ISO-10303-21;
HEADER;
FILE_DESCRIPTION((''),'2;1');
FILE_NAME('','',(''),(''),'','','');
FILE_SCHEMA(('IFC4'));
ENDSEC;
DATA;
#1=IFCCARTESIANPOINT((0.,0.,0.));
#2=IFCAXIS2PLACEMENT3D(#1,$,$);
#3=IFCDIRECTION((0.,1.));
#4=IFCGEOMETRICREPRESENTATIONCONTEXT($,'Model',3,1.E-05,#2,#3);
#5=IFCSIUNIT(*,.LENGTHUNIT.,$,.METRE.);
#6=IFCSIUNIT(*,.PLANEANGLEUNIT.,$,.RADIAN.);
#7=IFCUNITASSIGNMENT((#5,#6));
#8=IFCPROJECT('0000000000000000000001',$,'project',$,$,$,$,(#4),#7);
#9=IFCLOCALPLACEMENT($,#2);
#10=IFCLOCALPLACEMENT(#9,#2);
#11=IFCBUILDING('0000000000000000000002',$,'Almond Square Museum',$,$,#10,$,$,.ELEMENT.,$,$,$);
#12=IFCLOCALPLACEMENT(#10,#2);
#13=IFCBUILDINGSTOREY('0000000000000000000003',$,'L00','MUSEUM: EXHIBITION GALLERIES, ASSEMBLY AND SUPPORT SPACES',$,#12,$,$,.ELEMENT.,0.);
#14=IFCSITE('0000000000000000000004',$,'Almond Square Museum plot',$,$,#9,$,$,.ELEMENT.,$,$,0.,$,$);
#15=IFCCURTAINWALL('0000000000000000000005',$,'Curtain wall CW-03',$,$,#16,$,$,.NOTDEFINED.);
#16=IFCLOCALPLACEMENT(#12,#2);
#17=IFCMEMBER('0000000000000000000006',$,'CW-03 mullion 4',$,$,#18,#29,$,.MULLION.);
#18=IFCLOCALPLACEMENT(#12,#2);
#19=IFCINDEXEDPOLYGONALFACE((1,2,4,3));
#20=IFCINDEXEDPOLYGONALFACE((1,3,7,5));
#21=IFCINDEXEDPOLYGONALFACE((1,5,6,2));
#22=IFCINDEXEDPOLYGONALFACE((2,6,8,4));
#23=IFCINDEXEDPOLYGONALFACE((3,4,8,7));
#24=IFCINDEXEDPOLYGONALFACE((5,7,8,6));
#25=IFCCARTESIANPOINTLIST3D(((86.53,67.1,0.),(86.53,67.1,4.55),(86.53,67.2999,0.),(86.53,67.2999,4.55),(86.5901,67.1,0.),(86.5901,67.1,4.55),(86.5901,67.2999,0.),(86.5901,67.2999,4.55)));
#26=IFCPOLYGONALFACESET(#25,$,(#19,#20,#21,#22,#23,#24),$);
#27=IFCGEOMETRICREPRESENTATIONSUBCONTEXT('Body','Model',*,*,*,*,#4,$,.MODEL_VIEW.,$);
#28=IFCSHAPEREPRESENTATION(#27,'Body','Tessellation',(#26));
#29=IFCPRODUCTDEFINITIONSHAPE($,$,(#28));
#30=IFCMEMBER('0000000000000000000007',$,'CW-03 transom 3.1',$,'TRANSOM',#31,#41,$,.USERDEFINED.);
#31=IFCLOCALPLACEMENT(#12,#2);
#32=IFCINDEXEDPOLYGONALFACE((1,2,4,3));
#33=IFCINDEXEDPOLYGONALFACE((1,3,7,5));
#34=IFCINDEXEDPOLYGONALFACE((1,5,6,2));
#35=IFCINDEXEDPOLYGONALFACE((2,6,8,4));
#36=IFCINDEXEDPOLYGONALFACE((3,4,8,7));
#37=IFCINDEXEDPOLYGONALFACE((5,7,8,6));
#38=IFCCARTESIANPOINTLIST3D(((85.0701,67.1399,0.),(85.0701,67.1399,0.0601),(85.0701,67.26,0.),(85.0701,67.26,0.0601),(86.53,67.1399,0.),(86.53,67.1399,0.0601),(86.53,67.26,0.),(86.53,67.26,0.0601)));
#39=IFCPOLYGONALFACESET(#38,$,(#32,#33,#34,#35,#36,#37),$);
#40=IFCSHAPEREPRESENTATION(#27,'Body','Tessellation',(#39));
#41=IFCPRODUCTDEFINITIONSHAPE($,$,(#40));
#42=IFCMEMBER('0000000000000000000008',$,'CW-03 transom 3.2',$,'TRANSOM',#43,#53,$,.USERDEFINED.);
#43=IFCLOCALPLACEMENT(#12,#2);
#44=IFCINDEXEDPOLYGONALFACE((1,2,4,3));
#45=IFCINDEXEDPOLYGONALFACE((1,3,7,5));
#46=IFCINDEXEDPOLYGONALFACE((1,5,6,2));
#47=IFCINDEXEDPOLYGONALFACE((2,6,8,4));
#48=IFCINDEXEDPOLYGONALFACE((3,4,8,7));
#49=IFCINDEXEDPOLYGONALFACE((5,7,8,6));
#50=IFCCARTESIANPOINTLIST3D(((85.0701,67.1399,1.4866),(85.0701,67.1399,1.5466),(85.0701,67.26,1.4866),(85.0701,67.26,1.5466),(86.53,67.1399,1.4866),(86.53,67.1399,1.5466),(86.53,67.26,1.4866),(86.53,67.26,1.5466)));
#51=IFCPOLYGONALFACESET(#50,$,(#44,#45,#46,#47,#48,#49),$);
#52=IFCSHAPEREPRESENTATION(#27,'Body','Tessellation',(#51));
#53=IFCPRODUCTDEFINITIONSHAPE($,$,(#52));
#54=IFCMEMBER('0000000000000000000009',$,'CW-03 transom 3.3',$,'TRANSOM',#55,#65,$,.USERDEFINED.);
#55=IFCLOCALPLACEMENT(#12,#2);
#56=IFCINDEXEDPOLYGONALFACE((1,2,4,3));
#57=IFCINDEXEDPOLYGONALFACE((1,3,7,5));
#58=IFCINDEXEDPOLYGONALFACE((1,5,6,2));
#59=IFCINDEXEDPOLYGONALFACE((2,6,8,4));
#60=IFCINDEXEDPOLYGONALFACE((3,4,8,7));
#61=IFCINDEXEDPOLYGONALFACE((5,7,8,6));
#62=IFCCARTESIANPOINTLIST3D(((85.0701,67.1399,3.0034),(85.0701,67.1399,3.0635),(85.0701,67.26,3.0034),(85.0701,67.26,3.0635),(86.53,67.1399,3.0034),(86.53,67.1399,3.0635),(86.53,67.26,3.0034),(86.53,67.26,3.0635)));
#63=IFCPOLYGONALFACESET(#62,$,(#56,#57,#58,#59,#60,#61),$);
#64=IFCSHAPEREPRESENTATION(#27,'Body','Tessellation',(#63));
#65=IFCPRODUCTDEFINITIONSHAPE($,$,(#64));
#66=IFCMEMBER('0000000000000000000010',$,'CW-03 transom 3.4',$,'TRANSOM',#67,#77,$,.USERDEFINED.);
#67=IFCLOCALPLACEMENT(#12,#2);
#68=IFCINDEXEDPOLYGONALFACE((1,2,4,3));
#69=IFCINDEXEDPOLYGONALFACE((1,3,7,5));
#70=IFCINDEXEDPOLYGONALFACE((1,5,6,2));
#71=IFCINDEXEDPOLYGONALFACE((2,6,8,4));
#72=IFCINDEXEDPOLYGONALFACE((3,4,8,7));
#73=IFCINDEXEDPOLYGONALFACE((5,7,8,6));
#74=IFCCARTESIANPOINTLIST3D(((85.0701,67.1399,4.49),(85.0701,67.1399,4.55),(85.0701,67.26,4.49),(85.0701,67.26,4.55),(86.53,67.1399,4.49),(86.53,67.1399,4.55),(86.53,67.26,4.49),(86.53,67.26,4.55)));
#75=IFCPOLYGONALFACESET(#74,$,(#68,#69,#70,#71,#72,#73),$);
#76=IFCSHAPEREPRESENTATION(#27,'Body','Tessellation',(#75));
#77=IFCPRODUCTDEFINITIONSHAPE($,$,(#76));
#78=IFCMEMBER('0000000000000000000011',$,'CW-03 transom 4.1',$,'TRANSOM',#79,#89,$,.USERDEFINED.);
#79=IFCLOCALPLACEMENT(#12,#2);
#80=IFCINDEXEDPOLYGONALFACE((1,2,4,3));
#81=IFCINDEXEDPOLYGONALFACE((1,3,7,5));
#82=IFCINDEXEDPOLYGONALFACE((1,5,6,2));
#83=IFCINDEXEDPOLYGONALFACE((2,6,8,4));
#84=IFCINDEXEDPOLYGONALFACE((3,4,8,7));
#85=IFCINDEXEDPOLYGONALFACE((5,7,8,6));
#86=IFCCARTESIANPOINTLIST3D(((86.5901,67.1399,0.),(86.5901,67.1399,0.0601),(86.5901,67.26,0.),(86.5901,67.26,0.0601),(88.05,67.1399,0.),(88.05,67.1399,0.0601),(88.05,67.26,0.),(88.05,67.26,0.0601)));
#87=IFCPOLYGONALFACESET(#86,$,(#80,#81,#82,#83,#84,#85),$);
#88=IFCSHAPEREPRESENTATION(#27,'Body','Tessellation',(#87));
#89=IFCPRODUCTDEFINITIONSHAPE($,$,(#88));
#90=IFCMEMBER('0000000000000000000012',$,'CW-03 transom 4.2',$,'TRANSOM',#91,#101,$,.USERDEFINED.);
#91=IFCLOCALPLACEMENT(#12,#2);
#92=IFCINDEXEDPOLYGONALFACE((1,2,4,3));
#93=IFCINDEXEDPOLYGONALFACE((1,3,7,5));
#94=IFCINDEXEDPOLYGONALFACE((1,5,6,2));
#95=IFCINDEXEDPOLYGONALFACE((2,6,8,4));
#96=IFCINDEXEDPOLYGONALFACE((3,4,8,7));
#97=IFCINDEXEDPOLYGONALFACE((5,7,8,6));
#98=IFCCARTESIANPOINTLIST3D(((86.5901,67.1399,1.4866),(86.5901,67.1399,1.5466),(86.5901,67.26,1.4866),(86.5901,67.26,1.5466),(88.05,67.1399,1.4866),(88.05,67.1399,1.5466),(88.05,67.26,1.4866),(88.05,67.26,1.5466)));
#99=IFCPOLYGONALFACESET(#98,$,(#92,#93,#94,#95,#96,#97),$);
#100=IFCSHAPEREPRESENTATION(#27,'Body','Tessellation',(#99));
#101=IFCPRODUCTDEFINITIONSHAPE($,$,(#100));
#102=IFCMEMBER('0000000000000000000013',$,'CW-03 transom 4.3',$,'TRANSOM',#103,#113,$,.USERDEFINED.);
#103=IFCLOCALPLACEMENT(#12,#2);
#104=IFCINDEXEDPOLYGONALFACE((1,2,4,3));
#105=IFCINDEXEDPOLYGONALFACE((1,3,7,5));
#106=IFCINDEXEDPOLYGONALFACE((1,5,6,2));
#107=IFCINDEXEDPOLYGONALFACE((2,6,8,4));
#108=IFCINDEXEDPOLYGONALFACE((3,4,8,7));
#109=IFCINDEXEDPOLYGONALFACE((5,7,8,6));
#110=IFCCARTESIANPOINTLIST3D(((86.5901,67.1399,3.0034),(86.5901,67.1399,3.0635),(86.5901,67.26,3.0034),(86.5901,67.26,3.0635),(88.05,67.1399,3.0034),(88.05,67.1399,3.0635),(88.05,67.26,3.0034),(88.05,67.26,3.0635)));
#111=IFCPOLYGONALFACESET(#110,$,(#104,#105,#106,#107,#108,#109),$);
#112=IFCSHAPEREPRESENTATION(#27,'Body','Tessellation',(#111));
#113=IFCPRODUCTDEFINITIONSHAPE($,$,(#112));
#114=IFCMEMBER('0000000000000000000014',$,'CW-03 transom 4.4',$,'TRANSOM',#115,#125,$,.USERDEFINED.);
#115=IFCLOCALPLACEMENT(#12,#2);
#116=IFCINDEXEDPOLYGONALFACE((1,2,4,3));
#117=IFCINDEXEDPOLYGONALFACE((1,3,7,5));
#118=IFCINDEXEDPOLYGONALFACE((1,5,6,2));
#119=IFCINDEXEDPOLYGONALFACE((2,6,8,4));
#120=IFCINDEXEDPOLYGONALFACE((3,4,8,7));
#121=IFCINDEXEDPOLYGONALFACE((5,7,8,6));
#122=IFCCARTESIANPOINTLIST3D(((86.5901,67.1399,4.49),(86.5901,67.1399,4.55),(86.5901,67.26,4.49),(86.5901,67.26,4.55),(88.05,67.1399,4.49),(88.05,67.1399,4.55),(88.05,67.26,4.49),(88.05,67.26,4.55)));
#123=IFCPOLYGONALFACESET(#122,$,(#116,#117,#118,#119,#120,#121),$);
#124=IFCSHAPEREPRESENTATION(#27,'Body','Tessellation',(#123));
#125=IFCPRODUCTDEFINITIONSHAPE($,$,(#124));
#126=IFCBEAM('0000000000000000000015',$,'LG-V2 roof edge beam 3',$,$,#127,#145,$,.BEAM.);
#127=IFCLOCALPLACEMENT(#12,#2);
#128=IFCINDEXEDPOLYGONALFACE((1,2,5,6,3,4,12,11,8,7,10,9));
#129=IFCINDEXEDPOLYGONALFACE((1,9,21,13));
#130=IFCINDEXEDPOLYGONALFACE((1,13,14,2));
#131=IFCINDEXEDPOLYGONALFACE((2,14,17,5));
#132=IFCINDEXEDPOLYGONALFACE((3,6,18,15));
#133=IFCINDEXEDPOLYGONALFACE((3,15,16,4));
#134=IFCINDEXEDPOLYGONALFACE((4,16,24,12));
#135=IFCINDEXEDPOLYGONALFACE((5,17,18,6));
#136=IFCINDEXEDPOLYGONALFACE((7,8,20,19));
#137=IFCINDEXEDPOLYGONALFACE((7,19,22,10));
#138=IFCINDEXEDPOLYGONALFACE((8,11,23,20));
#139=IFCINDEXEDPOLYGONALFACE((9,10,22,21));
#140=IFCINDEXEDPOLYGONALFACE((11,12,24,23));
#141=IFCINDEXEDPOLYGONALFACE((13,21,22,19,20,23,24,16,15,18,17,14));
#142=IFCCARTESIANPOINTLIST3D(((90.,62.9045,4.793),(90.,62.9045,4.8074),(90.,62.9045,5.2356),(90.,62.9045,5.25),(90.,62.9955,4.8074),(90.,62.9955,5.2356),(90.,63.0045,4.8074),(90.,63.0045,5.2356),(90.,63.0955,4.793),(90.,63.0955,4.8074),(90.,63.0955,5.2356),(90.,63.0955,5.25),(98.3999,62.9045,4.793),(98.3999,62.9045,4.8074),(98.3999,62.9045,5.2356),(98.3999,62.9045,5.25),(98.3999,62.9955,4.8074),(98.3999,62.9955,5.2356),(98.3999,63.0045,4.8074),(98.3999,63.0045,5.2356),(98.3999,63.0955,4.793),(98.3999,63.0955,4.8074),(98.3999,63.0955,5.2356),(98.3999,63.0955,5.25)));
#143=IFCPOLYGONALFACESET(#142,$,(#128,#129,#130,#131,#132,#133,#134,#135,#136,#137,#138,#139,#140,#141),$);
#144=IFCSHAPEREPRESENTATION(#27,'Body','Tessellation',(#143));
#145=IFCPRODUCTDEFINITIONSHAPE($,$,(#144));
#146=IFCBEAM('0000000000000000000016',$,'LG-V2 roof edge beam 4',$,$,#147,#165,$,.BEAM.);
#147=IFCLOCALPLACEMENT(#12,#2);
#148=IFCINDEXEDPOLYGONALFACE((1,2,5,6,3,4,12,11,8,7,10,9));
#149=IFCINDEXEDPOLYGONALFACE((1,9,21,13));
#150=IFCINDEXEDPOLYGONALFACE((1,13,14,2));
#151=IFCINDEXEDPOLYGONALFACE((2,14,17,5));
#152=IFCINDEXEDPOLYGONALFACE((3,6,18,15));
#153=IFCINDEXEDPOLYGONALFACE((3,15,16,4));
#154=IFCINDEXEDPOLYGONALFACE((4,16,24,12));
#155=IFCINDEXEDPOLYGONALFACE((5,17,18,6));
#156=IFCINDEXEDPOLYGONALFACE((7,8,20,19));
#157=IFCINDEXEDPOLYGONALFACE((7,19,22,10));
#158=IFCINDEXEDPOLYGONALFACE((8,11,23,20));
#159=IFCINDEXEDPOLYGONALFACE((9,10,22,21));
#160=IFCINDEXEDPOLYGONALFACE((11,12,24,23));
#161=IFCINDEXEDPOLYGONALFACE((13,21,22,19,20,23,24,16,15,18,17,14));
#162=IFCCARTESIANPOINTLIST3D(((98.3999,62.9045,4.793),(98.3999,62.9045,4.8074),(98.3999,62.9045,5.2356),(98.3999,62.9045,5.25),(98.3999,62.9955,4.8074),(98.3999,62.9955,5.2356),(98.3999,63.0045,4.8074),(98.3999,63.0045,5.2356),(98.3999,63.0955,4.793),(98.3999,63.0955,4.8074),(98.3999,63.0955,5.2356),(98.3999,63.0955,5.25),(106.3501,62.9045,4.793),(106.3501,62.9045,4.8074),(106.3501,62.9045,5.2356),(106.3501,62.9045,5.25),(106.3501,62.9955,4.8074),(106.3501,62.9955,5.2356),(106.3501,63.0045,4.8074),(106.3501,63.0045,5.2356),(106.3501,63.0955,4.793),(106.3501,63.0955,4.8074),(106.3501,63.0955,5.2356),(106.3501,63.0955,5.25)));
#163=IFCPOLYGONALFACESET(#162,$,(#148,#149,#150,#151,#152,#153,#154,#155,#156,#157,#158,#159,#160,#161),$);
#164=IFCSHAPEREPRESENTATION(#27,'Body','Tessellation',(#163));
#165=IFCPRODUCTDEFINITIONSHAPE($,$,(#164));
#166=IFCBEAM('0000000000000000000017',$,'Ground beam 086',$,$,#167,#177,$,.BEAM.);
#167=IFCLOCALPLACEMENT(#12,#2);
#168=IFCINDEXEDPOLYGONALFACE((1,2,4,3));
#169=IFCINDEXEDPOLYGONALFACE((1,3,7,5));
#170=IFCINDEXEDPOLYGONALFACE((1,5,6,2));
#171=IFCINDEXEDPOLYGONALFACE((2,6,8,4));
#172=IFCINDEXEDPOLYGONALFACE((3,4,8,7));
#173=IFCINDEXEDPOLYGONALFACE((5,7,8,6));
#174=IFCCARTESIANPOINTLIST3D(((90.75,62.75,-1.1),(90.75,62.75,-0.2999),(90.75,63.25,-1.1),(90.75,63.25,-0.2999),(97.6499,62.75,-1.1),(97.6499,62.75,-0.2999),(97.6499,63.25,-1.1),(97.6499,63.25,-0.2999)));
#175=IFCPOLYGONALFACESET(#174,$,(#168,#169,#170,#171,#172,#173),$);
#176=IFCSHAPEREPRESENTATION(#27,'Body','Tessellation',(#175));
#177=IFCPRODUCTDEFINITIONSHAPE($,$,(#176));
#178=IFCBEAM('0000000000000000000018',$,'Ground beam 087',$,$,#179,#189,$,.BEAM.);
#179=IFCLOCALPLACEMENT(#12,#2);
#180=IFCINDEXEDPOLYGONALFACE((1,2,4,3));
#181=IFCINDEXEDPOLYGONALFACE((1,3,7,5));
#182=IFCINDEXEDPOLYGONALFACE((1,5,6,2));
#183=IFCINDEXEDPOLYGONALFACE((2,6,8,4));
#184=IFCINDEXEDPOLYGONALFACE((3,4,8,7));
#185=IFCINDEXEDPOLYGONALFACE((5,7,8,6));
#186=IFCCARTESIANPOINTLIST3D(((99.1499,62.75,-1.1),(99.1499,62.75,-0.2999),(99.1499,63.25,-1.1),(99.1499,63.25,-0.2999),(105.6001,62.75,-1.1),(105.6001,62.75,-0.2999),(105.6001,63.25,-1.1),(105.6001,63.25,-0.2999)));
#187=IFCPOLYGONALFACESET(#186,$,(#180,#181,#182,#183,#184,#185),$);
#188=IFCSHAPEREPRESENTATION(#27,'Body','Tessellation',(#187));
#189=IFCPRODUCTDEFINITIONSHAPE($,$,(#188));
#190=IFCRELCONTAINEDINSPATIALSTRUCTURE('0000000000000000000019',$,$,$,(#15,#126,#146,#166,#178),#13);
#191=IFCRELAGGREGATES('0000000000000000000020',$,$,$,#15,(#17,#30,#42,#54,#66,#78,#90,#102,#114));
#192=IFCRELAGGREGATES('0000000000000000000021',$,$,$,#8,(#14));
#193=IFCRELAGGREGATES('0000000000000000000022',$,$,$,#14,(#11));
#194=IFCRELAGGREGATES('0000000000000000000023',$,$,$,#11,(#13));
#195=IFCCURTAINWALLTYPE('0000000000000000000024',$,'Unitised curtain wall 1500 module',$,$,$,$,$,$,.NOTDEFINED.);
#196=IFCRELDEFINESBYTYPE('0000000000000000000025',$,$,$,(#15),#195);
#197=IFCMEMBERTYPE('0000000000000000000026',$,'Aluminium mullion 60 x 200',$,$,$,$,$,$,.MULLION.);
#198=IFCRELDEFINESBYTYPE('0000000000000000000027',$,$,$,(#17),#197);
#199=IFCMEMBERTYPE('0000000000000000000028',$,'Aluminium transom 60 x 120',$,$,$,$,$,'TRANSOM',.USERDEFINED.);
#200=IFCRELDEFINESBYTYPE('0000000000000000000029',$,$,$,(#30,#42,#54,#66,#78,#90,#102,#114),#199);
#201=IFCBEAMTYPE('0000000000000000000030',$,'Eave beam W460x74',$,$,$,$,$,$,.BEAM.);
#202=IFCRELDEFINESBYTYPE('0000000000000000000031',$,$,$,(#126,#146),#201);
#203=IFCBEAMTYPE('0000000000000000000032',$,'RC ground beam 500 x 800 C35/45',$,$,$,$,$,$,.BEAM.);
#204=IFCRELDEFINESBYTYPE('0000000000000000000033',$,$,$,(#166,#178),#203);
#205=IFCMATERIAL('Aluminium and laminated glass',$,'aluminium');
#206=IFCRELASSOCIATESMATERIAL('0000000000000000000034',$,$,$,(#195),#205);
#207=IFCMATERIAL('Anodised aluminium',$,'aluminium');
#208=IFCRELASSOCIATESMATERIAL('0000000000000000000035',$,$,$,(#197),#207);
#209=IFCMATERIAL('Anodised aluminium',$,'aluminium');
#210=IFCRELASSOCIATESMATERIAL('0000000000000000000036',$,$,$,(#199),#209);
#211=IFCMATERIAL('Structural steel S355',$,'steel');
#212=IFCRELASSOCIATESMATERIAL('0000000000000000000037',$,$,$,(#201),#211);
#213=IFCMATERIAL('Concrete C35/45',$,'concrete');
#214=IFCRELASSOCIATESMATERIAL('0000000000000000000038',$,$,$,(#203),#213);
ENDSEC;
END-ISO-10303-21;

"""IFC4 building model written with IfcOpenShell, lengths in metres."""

from ifc_helpers import new_model, si_unit, direction, frame, origin, origin_2d, place, context, subcontext, project, spatial, rectangle, i_section, extrude, material, material_profile, profile_set, type_object, element, aggregate, save


model = new_model("IFC4")

# Units and contexts
model_context = context("Model", 3, precision=1e-05, world=origin(), true_north=direction((0.0, 1.0)))
body_context = subcontext(model_context, "Body", "Model", "MODEL_VIEW")
ifc_project = project(units=[si_unit("LENGTHUNIT", "METRE"), si_unit("PLANEANGLEUNIT", "RADIAN")], contexts=[model_context])

# Site, building, storey
site_placement = place(None, origin())
site = spatial("IfcSite", under=ifc_project, at=site_placement, Name="Almond Square Museum plot", CompositionType="ELEMENT", RefElevation=0.0)
building_placement = place(site_placement, origin())
building = spatial("IfcBuilding", under=site, at=building_placement, Name="Almond Square Museum", CompositionType="ELEMENT")
storey_placement = place(building_placement, origin())
storey = spatial("IfcBuildingStorey", under=building, at=storey_placement, Name="L00", Description="MUSEUM: EXHIBITION GALLERIES, ASSEMBLY AND SUPPORT SPACES", CompositionType="ELEMENT", Elevation=0.0)

# Curtain wall, members
ifc_material_1 = material(Name="Aluminium and laminated glass", Category="aluminium")
curtain_wall_type = type_object("IfcCurtainWallType", Name="Unitised curtain wall 1500 module", PredefinedType="NOTDEFINED", material=ifc_material_1)
curtain_wall_placement = place(storey_placement, origin())
curtain_wall = element("IfcCurtainWall", 1, at=curtain_wall_placement, inside=storey, type_object=curtain_wall_type, Name="Curtain wall CW-03", PredefinedType="NOTDEFINED")
ifc_material_2 = material(Name="Anodised aluminium", Category="aluminium")
ifc_material_profile_1 = material_profile(ifc_material_2, rectangle(XDim=0.2, YDim=0.0601, at=origin_2d()))
ifc_profile_set_1 = profile_set([ifc_material_profile_1], Name="Anodised aluminium")
member_type_1 = type_object("IfcMemberType", Name="Aluminium mullion 60 x 200", PredefinedType="MULLION", material=ifc_profile_set_1)
member_1_placement = place(storey_placement, frame((86.5601, 67.2, 0.0), z_axis=(0.0, 0.0, 1.0), x_axis=(0.0, 1.0, 0.0)))
member_1 = element("IfcMember", 2, at=member_1_placement, type_object=member_type_1, Name="CW-03 mullion 4", PredefinedType="MULLION", context=body_context, shape_type="SweptSolid", body=[
    extrude(rectangle(XDim=0.2, YDim=0.0601, at=origin_2d()), origin(), (0.0, 0.0, 1.0), 4.55),
])
ifc_material_3 = material(Name="Anodised aluminium", Category="aluminium")
ifc_material_profile_2 = material_profile(ifc_material_3, rectangle(XDim=0.1201, YDim=0.0601, at=origin_2d()))
ifc_profile_set_2 = profile_set([ifc_material_profile_2], Name="Anodised aluminium")
member_type_2 = type_object("IfcMemberType", Name="Aluminium transom 60 x 120", ElementType="TRANSOM", PredefinedType="USERDEFINED", material=ifc_profile_set_2)
member_2_placement = place(storey_placement, frame((85.0701, 67.2, 0.03), z_axis=(1.0, 0.0, 0.0), x_axis=(0.0, 1.0, 0.0)))
member_2 = element("IfcMember", 3, at=member_2_placement, type_object=member_type_2, Name="CW-03 transom 3.1", ObjectType="TRANSOM", PredefinedType="USERDEFINED", context=body_context, shape_type="SweptSolid", body=[
    extrude(rectangle(XDim=0.1201, YDim=0.0601, at=origin_2d()), origin(), (0.0, 0.0, 1.0), 1.46),
])
member_3_placement = place(storey_placement, frame((85.0701, 67.2, 1.5166), z_axis=(1.0, 0.0, 0.0), x_axis=(0.0, 1.0, 0.0)))
member_3 = element("IfcMember", 4, at=member_3_placement, type_object=member_type_2, Name="CW-03 transom 3.2", ObjectType="TRANSOM", PredefinedType="USERDEFINED", context=body_context, shape_type="SweptSolid", body=[
    extrude(rectangle(XDim=0.1201, YDim=0.0601, at=origin_2d()), origin(), (0.0, 0.0, 1.0), 1.46),
])
member_4_placement = place(storey_placement, frame((85.0701, 67.2, 3.0334), z_axis=(1.0, 0.0, 0.0), x_axis=(0.0, 1.0, 0.0)))
member_4 = element("IfcMember", 5, at=member_4_placement, type_object=member_type_2, Name="CW-03 transom 3.3", ObjectType="TRANSOM", PredefinedType="USERDEFINED", context=body_context, shape_type="SweptSolid", body=[
    extrude(rectangle(XDim=0.1201, YDim=0.0601, at=origin_2d()), origin(), (0.0, 0.0, 1.0), 1.46),
])
member_5_placement = place(storey_placement, frame((85.0701, 67.2, 4.52), z_axis=(1.0, 0.0, 0.0), x_axis=(0.0, 1.0, 0.0)))
member_5 = element("IfcMember", 6, at=member_5_placement, type_object=member_type_2, Name="CW-03 transom 3.4", ObjectType="TRANSOM", PredefinedType="USERDEFINED", context=body_context, shape_type="SweptSolid", body=[
    extrude(rectangle(XDim=0.1201, YDim=0.0601, at=origin_2d()), origin(), (0.0, 0.0, 1.0), 1.46),
])
member_6_placement = place(storey_placement, frame((86.5901, 67.2, 0.03), z_axis=(1.0, 0.0, 0.0), x_axis=(0.0, 1.0, 0.0)))
member_6 = element("IfcMember", 7, at=member_6_placement, type_object=member_type_2, Name="CW-03 transom 4.1", ObjectType="TRANSOM", PredefinedType="USERDEFINED", context=body_context, shape_type="SweptSolid", body=[
    extrude(rectangle(XDim=0.1201, YDim=0.0601, at=origin_2d()), origin(), (0.0, 0.0, 1.0), 1.46),
])
member_7_placement = place(storey_placement, frame((86.5901, 67.2, 1.5166), z_axis=(1.0, 0.0, 0.0), x_axis=(0.0, 1.0, 0.0)))
member_7 = element("IfcMember", 8, at=member_7_placement, type_object=member_type_2, Name="CW-03 transom 4.2", ObjectType="TRANSOM", PredefinedType="USERDEFINED", context=body_context, shape_type="SweptSolid", body=[
    extrude(rectangle(XDim=0.1201, YDim=0.0601, at=origin_2d()), origin(), (0.0, 0.0, 1.0), 1.46),
])
member_8_placement = place(storey_placement, frame((86.5901, 67.2, 3.0334), z_axis=(1.0, 0.0, 0.0), x_axis=(0.0, 1.0, 0.0)))
member_8 = element("IfcMember", 9, at=member_8_placement, type_object=member_type_2, Name="CW-03 transom 4.3", ObjectType="TRANSOM", PredefinedType="USERDEFINED", context=body_context, shape_type="SweptSolid", body=[
    extrude(rectangle(XDim=0.1201, YDim=0.0601, at=origin_2d()), origin(), (0.0, 0.0, 1.0), 1.46),
])
member_9_placement = place(storey_placement, frame((86.5901, 67.2, 4.52), z_axis=(1.0, 0.0, 0.0), x_axis=(0.0, 1.0, 0.0)))
member_9 = element("IfcMember", 10, at=member_9_placement, type_object=member_type_2, Name="CW-03 transom 4.4", ObjectType="TRANSOM", PredefinedType="USERDEFINED", context=body_context, shape_type="SweptSolid", body=[
    extrude(rectangle(XDim=0.1201, YDim=0.0601, at=origin_2d()), origin(), (0.0, 0.0, 1.0), 1.46),
])

# Beams
ifc_material_4 = material(Name="Structural steel S355", Category="steel")
ifc_material_profile_3 = material_profile(ifc_material_4, i_section(OverallWidth=0.1909, OverallDepth=0.457, WebThickness=0.009, FlangeThickness=0.0144, at=origin_2d()))
ifc_profile_set_3 = profile_set([ifc_material_profile_3], Name="Structural steel S355")
beam_type_1 = type_object("IfcBeamType", Name="Eave beam W460x74", PredefinedType="BEAM", material=ifc_profile_set_3)
beam_1_placement = place(storey_placement, frame((90.0, 63.0, 5.0215), z_axis=(1.0, 0.0, 0.0), x_axis=(0.0, 1.0, 0.0)))
element("IfcBeam", 11, at=beam_1_placement, inside=storey, type_object=beam_type_1, Name="LG-V2 roof edge beam 3", PredefinedType="BEAM", context=body_context, shape_type="SweptSolid", body=[
    extrude(i_section(OverallWidth=0.1909, OverallDepth=0.457, WebThickness=0.009, FlangeThickness=0.0144, at=origin_2d()), origin(), (0.0, 0.0, 1.0), 8.3999),
])
beam_2_placement = place(storey_placement, frame((98.3999, 63.0, 5.0215), z_axis=(1.0, 0.0, 0.0), x_axis=(0.0, 1.0, 0.0)))
element("IfcBeam", 12, at=beam_2_placement, inside=storey, type_object=beam_type_1, Name="LG-V2 roof edge beam 4", PredefinedType="BEAM", context=body_context, shape_type="SweptSolid", body=[
    extrude(i_section(OverallWidth=0.1909, OverallDepth=0.457, WebThickness=0.009, FlangeThickness=0.0144, at=origin_2d()), origin(), (0.0, 0.0, 1.0), 7.9502),
])
ifc_material_5 = material(Name="Concrete C35/45", Category="concrete")
ifc_material_profile_4 = material_profile(ifc_material_5, rectangle(XDim=0.5, YDim=0.8, at=origin_2d()))
ifc_profile_set_4 = profile_set([ifc_material_profile_4], Name="Concrete C35/45")
beam_type_2 = type_object("IfcBeamType", Name="RC ground beam 500 x 800 C35/45", PredefinedType="BEAM", material=ifc_profile_set_4)
beam_3_placement = place(storey_placement, frame((90.75, 63.0, -0.7), z_axis=(1.0, 0.0, 0.0), x_axis=(0.0, 1.0, 0.0)))
element("IfcBeam", 13, at=beam_3_placement, inside=storey, type_object=beam_type_2, Name="Ground beam 086", PredefinedType="BEAM", context=body_context, shape_type="SweptSolid", body=[
    extrude(rectangle(XDim=0.5, YDim=0.8, at=origin_2d()), origin(), (0.0, 0.0, 1.0), 6.8999),
])
beam_4_placement = place(storey_placement, frame((99.1499, 63.0, -0.7), z_axis=(1.0, 0.0, 0.0), x_axis=(0.0, 1.0, 0.0)))
element("IfcBeam", 14, at=beam_4_placement, inside=storey, type_object=beam_type_2, Name="Ground beam 087", PredefinedType="BEAM", context=body_context, shape_type="SweptSolid", body=[
    extrude(rectangle(XDim=0.5, YDim=0.8, at=origin_2d()), origin(), (0.0, 0.0, 1.0), 6.4502),
])

aggregate(curtain_wall, [member_1, member_2, member_3, member_4, member_5, member_6, member_7, member_8, member_9])

save(model, "model.ifc")
